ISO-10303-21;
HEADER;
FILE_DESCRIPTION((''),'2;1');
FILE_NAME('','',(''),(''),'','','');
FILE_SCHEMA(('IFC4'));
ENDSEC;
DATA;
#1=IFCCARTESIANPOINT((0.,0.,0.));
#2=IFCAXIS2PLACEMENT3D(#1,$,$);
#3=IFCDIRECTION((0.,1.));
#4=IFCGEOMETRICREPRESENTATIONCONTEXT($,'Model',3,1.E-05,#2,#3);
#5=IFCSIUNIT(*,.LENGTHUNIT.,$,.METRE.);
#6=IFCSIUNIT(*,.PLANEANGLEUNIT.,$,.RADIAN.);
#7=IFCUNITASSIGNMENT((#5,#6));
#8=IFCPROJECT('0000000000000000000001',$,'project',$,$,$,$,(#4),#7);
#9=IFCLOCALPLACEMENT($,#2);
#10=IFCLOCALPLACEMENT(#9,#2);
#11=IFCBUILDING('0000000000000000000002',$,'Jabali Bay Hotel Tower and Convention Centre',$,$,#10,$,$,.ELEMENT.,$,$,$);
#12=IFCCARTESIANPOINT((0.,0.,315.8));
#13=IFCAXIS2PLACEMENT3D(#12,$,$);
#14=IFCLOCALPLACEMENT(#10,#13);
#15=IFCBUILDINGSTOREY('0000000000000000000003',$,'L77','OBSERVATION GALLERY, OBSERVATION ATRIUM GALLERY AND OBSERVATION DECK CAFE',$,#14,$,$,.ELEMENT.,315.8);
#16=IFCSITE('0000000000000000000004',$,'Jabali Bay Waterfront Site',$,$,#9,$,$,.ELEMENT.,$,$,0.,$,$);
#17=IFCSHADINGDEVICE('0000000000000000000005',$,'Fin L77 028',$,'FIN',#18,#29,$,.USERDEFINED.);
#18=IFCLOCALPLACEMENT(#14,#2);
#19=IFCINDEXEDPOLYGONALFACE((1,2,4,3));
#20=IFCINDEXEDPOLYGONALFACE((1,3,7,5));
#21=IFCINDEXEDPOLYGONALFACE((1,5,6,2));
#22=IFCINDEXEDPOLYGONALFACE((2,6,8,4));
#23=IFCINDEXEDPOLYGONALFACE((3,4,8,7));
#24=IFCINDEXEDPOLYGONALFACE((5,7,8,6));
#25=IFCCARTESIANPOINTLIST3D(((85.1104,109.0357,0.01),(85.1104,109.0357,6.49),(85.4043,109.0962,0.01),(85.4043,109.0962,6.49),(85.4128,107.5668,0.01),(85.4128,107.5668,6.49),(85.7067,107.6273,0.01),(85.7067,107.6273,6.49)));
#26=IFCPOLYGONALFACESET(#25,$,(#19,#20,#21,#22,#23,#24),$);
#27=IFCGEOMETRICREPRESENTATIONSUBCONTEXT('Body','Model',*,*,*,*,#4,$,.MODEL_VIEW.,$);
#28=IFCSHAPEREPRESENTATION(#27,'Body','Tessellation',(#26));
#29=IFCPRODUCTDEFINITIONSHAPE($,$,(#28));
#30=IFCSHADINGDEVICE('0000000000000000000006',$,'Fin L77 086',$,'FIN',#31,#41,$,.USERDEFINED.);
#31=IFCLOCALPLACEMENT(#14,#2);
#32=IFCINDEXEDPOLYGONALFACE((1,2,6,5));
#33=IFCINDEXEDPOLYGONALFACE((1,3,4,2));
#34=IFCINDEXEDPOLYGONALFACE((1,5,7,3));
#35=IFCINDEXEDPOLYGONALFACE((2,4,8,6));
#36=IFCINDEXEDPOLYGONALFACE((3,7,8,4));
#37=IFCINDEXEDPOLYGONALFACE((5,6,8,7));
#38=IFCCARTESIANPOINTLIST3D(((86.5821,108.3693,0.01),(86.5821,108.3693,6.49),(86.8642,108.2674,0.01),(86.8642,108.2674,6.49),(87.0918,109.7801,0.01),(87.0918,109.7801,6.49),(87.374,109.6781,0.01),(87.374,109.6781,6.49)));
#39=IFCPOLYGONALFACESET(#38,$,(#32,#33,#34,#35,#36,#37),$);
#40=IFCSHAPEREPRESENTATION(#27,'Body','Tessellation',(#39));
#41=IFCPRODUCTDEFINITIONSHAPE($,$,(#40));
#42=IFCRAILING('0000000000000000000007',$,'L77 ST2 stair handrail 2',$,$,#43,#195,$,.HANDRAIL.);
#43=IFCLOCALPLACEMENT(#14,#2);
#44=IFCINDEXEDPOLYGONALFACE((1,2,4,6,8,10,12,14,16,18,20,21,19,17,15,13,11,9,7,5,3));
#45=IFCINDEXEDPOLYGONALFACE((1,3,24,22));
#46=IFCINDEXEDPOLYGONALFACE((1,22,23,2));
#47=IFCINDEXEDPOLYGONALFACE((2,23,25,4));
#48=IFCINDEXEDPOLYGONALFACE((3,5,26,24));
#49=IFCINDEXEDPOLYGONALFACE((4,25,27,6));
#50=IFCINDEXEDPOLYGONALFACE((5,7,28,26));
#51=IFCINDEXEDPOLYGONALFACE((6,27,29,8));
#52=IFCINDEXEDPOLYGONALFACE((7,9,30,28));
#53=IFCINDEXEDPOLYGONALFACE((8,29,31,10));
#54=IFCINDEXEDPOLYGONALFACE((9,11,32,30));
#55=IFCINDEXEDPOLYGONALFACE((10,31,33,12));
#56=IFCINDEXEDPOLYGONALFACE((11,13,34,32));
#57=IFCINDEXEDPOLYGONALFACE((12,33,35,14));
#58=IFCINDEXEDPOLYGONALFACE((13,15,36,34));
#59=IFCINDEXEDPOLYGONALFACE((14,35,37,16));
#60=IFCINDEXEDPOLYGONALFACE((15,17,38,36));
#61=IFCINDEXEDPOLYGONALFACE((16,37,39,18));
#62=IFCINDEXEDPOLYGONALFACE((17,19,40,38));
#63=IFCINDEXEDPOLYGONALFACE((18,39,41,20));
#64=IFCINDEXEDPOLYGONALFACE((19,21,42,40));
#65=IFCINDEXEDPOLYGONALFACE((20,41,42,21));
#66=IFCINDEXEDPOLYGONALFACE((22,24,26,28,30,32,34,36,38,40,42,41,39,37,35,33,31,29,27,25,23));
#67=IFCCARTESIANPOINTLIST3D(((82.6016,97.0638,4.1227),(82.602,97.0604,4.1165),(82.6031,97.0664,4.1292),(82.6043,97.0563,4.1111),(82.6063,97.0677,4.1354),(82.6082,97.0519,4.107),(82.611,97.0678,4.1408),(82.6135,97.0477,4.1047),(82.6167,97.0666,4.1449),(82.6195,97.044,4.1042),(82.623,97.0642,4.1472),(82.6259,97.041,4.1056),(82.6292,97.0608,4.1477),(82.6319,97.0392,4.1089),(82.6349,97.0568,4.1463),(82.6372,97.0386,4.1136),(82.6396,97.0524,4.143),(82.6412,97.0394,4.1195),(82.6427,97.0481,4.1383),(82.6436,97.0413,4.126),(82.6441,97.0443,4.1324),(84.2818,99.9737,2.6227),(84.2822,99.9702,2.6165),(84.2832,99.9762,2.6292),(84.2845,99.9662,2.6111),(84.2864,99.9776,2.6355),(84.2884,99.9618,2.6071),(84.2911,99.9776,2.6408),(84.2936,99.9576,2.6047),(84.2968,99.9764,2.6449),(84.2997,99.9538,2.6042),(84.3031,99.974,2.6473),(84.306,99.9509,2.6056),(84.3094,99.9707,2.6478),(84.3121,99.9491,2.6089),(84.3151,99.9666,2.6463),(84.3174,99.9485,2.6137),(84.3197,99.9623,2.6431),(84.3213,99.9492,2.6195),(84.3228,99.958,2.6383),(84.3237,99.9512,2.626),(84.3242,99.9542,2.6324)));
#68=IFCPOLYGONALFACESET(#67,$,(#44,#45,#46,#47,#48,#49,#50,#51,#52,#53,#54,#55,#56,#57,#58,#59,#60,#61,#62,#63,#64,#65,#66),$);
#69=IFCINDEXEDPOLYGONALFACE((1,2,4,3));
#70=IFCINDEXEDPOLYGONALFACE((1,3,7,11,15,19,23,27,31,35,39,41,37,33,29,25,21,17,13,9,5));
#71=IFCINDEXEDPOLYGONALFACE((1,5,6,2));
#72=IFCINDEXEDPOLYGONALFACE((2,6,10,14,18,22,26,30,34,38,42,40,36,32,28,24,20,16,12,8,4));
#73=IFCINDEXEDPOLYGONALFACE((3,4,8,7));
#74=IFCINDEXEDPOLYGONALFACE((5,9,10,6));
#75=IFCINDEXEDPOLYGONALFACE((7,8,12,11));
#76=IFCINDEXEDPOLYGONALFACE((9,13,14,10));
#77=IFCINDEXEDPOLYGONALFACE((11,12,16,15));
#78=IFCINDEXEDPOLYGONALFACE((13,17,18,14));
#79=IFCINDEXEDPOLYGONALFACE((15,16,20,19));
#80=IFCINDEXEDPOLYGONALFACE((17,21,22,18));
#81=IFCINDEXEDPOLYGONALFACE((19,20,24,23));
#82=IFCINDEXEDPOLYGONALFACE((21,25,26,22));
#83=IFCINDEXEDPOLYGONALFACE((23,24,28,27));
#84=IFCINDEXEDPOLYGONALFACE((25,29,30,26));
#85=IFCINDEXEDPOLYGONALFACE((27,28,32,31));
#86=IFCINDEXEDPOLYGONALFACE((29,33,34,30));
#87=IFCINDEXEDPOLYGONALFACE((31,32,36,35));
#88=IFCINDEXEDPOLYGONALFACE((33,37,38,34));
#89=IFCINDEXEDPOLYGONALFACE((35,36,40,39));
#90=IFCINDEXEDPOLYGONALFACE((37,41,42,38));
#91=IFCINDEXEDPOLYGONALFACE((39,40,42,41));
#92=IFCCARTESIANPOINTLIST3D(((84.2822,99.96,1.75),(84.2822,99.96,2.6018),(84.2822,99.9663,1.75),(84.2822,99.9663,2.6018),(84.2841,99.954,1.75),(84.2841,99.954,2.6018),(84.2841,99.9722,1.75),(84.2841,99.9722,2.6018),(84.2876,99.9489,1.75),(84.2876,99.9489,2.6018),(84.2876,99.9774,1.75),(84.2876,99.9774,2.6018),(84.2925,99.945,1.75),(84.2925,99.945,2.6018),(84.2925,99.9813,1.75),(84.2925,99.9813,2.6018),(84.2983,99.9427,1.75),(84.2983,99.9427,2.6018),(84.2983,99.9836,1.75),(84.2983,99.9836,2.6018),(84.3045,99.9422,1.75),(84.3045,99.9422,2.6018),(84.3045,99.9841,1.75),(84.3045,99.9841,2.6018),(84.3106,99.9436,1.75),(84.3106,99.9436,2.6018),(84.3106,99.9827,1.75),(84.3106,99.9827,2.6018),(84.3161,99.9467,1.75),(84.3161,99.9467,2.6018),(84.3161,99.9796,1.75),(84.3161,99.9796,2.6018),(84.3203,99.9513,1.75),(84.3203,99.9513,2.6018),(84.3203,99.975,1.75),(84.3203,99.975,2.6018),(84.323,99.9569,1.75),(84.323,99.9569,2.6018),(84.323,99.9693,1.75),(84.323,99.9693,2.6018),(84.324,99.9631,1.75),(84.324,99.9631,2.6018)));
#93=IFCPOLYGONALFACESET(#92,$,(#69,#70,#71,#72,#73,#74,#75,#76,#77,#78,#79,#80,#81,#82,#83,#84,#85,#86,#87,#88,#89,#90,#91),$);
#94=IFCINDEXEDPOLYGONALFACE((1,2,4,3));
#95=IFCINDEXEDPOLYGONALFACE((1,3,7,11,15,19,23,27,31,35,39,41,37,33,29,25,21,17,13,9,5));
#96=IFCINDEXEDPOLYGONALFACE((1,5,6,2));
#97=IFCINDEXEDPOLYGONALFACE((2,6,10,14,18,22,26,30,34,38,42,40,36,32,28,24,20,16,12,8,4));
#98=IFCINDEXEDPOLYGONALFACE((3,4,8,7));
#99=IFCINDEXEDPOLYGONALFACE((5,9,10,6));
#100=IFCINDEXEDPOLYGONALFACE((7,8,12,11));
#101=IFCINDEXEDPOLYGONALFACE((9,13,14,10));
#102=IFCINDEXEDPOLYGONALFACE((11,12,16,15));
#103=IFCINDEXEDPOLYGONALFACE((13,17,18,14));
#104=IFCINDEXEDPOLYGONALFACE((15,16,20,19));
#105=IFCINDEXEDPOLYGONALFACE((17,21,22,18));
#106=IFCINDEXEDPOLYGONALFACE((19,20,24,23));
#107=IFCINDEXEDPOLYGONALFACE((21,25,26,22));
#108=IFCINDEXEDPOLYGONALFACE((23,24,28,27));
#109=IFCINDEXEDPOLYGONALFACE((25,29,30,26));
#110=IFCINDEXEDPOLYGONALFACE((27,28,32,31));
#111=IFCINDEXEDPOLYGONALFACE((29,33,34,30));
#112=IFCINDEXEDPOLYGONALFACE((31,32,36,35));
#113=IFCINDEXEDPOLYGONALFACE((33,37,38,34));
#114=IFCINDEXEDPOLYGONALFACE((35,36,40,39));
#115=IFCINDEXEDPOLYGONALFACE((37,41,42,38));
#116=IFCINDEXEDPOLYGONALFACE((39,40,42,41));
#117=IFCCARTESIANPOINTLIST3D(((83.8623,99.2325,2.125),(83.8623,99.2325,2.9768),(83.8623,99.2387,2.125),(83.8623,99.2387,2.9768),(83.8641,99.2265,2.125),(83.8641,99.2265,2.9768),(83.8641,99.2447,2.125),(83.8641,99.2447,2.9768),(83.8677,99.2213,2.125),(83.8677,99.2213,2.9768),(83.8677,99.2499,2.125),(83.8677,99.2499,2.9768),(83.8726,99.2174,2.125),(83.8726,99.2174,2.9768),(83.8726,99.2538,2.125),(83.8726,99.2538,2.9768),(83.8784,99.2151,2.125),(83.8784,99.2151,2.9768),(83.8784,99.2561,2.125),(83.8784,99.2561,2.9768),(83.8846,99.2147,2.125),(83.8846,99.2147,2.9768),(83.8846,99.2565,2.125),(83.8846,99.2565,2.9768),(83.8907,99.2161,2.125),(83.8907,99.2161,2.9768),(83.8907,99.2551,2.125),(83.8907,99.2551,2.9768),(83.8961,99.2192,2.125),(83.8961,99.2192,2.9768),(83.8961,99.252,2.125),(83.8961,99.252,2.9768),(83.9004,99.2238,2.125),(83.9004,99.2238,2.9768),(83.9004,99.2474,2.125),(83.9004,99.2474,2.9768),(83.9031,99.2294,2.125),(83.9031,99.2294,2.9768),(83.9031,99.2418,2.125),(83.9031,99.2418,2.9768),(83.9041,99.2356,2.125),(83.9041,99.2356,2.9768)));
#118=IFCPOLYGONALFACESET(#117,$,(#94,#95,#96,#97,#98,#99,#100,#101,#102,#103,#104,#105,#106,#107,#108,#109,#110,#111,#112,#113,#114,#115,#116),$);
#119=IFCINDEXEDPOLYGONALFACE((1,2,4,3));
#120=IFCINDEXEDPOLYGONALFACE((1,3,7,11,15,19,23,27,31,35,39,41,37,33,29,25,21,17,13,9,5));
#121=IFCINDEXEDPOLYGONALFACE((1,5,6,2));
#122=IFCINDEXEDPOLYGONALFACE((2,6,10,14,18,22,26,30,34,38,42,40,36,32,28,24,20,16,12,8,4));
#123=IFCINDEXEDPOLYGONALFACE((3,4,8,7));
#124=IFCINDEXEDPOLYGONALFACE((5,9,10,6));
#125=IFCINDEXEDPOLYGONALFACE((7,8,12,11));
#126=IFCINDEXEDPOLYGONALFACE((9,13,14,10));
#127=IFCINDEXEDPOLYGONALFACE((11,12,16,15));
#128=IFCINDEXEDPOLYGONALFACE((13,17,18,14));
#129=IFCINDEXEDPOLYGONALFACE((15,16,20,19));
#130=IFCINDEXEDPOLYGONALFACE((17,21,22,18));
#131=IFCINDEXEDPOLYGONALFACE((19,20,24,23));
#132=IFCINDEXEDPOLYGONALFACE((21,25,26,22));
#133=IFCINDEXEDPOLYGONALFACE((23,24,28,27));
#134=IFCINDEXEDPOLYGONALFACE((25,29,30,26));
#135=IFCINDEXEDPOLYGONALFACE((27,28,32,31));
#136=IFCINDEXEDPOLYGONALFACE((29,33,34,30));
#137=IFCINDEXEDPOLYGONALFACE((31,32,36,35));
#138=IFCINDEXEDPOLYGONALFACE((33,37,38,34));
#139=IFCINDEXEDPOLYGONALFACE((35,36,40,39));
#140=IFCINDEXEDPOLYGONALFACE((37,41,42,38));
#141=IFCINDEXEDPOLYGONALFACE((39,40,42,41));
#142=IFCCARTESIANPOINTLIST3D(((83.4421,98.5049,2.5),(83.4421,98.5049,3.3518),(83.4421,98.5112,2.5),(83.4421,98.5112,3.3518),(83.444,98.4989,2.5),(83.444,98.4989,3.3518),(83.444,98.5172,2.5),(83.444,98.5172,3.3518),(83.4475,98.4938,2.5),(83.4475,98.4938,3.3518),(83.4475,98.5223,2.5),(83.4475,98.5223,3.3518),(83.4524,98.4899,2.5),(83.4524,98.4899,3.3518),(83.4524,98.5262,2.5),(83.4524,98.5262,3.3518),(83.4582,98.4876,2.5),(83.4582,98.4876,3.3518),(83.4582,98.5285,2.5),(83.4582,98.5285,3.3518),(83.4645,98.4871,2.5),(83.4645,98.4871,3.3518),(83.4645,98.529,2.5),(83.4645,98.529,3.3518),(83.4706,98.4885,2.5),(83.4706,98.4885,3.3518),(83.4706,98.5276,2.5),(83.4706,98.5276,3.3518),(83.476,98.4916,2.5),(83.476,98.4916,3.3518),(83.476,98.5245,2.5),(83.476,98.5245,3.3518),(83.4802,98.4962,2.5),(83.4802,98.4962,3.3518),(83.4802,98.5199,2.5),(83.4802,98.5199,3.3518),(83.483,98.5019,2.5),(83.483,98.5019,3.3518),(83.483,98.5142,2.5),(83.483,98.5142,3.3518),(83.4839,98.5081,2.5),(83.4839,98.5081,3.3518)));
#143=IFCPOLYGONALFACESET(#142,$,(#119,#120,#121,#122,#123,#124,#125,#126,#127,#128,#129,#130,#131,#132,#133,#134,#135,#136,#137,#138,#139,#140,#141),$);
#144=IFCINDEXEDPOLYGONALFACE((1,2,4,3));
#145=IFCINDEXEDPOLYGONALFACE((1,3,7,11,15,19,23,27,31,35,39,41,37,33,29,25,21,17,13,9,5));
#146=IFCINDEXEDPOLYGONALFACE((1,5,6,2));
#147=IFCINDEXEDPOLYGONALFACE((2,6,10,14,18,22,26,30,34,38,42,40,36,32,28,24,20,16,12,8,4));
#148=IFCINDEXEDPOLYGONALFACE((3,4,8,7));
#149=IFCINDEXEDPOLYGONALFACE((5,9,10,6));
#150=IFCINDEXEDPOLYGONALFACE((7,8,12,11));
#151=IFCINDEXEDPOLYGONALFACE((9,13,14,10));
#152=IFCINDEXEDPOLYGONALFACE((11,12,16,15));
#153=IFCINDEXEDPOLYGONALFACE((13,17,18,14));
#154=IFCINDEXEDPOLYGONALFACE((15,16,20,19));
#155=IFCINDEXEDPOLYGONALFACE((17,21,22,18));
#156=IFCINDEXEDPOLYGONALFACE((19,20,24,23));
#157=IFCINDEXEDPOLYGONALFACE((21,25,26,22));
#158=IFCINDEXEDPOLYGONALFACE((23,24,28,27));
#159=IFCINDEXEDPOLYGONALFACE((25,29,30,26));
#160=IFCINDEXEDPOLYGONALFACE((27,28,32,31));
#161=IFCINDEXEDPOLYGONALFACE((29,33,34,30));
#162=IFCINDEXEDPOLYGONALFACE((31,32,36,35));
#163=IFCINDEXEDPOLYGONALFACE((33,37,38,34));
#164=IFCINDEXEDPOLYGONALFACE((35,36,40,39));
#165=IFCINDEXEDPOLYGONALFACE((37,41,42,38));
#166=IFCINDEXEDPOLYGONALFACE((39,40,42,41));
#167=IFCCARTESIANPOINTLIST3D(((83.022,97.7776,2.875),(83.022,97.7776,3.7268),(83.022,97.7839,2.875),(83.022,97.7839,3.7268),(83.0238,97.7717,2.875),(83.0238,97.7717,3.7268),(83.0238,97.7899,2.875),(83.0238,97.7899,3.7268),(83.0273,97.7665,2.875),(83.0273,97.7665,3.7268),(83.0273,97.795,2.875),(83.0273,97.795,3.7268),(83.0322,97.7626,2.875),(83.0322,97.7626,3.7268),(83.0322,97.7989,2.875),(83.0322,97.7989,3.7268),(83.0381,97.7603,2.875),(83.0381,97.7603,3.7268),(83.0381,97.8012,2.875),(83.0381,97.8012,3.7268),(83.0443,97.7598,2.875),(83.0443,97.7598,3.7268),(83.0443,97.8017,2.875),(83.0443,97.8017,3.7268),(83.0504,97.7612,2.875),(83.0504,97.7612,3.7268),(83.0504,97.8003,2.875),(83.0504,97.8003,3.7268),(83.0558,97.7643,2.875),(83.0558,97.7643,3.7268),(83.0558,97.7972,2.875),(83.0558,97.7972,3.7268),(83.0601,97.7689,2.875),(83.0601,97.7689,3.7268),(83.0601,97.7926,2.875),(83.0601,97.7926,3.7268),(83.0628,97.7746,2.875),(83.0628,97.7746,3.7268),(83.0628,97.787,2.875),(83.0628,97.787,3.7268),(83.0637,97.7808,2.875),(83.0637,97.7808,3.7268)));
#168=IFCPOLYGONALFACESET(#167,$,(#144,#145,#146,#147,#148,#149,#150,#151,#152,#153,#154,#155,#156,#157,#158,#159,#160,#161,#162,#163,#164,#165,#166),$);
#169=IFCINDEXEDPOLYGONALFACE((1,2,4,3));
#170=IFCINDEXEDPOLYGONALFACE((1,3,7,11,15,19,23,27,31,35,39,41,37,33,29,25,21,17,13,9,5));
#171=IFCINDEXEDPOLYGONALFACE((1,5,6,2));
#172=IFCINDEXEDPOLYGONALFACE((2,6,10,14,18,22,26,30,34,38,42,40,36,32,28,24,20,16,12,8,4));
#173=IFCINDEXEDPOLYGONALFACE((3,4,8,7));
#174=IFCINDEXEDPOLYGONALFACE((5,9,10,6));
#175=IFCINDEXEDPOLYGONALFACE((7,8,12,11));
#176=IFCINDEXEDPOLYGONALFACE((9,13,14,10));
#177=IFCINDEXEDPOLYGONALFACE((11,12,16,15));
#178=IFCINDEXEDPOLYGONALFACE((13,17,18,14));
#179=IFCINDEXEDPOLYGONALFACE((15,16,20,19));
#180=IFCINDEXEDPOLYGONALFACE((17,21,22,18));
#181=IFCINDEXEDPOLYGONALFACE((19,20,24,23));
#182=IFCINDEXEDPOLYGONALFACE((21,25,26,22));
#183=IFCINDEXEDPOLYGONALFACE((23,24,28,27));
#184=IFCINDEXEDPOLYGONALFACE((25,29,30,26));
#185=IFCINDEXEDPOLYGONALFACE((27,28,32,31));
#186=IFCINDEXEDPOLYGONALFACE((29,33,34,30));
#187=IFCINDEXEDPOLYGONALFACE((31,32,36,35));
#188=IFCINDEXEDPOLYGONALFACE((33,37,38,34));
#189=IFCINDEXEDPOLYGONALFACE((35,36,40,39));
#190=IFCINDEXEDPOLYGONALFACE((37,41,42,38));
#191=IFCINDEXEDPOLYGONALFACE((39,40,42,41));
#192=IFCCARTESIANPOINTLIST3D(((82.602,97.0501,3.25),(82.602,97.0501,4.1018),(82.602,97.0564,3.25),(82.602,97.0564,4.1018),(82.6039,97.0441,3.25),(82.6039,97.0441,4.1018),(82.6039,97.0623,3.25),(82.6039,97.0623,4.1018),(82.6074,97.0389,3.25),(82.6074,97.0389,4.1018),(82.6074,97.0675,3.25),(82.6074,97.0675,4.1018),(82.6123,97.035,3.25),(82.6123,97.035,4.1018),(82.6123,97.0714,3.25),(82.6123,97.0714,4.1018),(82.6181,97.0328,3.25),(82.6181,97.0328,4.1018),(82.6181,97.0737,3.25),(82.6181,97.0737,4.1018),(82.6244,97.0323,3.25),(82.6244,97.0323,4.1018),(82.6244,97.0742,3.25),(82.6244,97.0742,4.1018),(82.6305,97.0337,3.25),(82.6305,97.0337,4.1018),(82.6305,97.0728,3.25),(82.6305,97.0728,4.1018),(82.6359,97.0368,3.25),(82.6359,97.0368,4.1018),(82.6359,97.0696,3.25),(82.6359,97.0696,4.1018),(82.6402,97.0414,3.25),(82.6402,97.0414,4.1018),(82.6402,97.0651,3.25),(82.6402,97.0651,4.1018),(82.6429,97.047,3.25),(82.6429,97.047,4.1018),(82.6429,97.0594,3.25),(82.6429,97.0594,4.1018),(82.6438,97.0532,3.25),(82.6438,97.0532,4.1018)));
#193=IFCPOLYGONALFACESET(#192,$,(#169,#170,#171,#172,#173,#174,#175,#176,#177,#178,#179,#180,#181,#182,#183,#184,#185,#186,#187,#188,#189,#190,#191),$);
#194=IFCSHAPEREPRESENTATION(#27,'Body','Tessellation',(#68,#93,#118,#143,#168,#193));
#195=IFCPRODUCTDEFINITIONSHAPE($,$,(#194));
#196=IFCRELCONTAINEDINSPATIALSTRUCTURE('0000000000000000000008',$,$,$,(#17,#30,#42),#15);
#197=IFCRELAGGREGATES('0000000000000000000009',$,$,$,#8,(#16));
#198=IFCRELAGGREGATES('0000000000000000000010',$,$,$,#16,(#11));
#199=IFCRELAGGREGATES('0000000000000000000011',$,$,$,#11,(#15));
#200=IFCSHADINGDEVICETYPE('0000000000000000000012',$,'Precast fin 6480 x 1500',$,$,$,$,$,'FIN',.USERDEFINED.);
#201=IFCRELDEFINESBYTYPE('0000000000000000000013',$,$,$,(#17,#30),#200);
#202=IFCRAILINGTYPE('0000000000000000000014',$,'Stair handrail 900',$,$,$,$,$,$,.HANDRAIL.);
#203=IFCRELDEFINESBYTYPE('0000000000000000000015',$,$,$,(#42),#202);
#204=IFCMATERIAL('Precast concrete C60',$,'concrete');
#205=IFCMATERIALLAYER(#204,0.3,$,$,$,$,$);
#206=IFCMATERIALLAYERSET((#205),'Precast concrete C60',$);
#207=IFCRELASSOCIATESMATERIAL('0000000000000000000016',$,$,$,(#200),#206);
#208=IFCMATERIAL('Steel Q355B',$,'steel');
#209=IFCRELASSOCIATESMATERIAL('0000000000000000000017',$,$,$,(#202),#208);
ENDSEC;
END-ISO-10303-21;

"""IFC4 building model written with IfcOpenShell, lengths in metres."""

from ifc_helpers import new_model, si_unit, direction, frame, frame_2d, origin, origin_2d, place, context, subcontext, project, spatial, rectangle, circle, extrude, material, layer, layer_set, type_object, element, save


model = new_model("IFC4")

# Units and contexts
model_context = context("Model", 3, precision=1e-05, world=origin(), true_north=direction((0.0, 1.0)))
body_context = subcontext(model_context, "Body", "Model", "MODEL_VIEW")
ifc_project = project(units=[si_unit("LENGTHUNIT", "METRE"), si_unit("PLANEANGLEUNIT", "RADIAN")], contexts=[model_context])

# Site, building, storey
site_placement = place(None, origin())
site = spatial("IfcSite", under=ifc_project, at=site_placement, Name="Jabali Bay Waterfront Site", CompositionType="ELEMENT", RefElevation=0.0)
building_placement = place(site_placement, origin())
building = spatial("IfcBuilding", under=site, at=building_placement, Name="Jabali Bay Hotel Tower and Convention Centre", CompositionType="ELEMENT")
storey_placement = place(building_placement, frame((0.0, 0.0, 315.8)))
storey = spatial("IfcBuildingStorey", under=building, at=storey_placement, Name="L77", Description="OBSERVATION GALLERY, OBSERVATION ATRIUM GALLERY AND OBSERVATION DECK CAFE", CompositionType="ELEMENT", Elevation=315.8)

# Shading devices
ifc_material_1 = material(Name="Precast concrete C60", Category="concrete")
ifc_layer_1 = layer(ifc_material_1, 0.3)
ifc_layer_set_1 = layer_set([ifc_layer_1], Name="Precast concrete C60")
shading_device_type_1 = type_object("IfcShadingDeviceType", Name="Precast fin 6480 x 1500", ElementType="FIN", PredefinedType="USERDEFINED", material=ifc_layer_set_1)
shading_device_1_placement = place(storey_placement, frame((85.5598, 107.5969, 0.01), z_axis=(0.0, 0.0, 1.0), x_axis=(-0.201685, 0.97945, 0.0)))
element("IfcShadingDevice", 1, at=shading_device_1_placement, inside=storey, type_object=shading_device_type_1, Name="Fin L77 028", ObjectType="FIN", PredefinedType="USERDEFINED", context=body_context, shape_type="SweptSolid", body=[
    extrude(rectangle(XDim=1.4998, YDim=0.3, at=frame_2d((0.75, 0.0))), origin(), (0.0, 0.0, 1.0), 6.48),
])
shading_device_2_placement = place(storey_placement, frame((86.7231, 108.3184, 0.01), z_axis=(0.0, 0.0, 1.0), x_axis=(0.33986, 0.940476, 0.0)))
element("IfcShadingDevice", 2, at=shading_device_2_placement, inside=storey, type_object=shading_device_type_1, Name="Fin L77 086", ObjectType="FIN", PredefinedType="USERDEFINED", context=body_context, shape_type="SweptSolid", body=[
    extrude(rectangle(XDim=1.5, YDim=0.3, at=frame_2d((0.75, 0.0))), origin(), (0.0, 0.0, 1.0), 6.48),
])

# Railing
ifc_material_2 = material(Name="Steel Q355B", Category="steel")
railing_type = type_object("IfcRailingType", Name="Stair handrail 900", PredefinedType="HANDRAIL", material=ifc_material_2)
for number, where, name in (
    (3, (84.303, 99.9631, 1.75), "L77 ST2 stair handrail 2"),
):
    element("IfcRailing", number, at=place(storey_placement, frame(where)), inside=storey, type_object=railing_type, Name=name, PredefinedType="HANDRAIL", context=body_context, shape_type="SweptSolid", body=[
        extrude(circle(Radius=0.0239, at=origin_2d()), frame((0.0, 0.0, 0.876), z_axis=(-0.4566, -0.79079, 0.407636), x_axis=(0.866008, -0.500031, 0.0)), (0.0, 0.0, 1.0), 3.6797),
        extrude(circle(Radius=0.021, at=origin_2d()), origin(), (0.0, 0.0, 1.0), 0.8518),
        extrude(circle(Radius=0.021, at=origin_2d()), frame((-0.4199, -0.7275, 0.375)), (0.0, 0.0, 1.0), 0.8518),
        extrude(circle(Radius=0.021, at=origin_2d()), frame((-0.8401, -1.4551, 0.75)), (0.0, 0.0, 1.0), 0.8518),
        extrude(circle(Radius=0.021, at=origin_2d()), frame((-1.2603, -2.1824, 1.125)), (0.0, 0.0, 1.0), 0.8518),
        extrude(circle(Radius=0.021, at=origin_2d()), frame((-1.6802, -2.9099, 1.5)), (0.0, 0.0, 1.0), 0.8518),
    ])

save(model, "model.ifc")
